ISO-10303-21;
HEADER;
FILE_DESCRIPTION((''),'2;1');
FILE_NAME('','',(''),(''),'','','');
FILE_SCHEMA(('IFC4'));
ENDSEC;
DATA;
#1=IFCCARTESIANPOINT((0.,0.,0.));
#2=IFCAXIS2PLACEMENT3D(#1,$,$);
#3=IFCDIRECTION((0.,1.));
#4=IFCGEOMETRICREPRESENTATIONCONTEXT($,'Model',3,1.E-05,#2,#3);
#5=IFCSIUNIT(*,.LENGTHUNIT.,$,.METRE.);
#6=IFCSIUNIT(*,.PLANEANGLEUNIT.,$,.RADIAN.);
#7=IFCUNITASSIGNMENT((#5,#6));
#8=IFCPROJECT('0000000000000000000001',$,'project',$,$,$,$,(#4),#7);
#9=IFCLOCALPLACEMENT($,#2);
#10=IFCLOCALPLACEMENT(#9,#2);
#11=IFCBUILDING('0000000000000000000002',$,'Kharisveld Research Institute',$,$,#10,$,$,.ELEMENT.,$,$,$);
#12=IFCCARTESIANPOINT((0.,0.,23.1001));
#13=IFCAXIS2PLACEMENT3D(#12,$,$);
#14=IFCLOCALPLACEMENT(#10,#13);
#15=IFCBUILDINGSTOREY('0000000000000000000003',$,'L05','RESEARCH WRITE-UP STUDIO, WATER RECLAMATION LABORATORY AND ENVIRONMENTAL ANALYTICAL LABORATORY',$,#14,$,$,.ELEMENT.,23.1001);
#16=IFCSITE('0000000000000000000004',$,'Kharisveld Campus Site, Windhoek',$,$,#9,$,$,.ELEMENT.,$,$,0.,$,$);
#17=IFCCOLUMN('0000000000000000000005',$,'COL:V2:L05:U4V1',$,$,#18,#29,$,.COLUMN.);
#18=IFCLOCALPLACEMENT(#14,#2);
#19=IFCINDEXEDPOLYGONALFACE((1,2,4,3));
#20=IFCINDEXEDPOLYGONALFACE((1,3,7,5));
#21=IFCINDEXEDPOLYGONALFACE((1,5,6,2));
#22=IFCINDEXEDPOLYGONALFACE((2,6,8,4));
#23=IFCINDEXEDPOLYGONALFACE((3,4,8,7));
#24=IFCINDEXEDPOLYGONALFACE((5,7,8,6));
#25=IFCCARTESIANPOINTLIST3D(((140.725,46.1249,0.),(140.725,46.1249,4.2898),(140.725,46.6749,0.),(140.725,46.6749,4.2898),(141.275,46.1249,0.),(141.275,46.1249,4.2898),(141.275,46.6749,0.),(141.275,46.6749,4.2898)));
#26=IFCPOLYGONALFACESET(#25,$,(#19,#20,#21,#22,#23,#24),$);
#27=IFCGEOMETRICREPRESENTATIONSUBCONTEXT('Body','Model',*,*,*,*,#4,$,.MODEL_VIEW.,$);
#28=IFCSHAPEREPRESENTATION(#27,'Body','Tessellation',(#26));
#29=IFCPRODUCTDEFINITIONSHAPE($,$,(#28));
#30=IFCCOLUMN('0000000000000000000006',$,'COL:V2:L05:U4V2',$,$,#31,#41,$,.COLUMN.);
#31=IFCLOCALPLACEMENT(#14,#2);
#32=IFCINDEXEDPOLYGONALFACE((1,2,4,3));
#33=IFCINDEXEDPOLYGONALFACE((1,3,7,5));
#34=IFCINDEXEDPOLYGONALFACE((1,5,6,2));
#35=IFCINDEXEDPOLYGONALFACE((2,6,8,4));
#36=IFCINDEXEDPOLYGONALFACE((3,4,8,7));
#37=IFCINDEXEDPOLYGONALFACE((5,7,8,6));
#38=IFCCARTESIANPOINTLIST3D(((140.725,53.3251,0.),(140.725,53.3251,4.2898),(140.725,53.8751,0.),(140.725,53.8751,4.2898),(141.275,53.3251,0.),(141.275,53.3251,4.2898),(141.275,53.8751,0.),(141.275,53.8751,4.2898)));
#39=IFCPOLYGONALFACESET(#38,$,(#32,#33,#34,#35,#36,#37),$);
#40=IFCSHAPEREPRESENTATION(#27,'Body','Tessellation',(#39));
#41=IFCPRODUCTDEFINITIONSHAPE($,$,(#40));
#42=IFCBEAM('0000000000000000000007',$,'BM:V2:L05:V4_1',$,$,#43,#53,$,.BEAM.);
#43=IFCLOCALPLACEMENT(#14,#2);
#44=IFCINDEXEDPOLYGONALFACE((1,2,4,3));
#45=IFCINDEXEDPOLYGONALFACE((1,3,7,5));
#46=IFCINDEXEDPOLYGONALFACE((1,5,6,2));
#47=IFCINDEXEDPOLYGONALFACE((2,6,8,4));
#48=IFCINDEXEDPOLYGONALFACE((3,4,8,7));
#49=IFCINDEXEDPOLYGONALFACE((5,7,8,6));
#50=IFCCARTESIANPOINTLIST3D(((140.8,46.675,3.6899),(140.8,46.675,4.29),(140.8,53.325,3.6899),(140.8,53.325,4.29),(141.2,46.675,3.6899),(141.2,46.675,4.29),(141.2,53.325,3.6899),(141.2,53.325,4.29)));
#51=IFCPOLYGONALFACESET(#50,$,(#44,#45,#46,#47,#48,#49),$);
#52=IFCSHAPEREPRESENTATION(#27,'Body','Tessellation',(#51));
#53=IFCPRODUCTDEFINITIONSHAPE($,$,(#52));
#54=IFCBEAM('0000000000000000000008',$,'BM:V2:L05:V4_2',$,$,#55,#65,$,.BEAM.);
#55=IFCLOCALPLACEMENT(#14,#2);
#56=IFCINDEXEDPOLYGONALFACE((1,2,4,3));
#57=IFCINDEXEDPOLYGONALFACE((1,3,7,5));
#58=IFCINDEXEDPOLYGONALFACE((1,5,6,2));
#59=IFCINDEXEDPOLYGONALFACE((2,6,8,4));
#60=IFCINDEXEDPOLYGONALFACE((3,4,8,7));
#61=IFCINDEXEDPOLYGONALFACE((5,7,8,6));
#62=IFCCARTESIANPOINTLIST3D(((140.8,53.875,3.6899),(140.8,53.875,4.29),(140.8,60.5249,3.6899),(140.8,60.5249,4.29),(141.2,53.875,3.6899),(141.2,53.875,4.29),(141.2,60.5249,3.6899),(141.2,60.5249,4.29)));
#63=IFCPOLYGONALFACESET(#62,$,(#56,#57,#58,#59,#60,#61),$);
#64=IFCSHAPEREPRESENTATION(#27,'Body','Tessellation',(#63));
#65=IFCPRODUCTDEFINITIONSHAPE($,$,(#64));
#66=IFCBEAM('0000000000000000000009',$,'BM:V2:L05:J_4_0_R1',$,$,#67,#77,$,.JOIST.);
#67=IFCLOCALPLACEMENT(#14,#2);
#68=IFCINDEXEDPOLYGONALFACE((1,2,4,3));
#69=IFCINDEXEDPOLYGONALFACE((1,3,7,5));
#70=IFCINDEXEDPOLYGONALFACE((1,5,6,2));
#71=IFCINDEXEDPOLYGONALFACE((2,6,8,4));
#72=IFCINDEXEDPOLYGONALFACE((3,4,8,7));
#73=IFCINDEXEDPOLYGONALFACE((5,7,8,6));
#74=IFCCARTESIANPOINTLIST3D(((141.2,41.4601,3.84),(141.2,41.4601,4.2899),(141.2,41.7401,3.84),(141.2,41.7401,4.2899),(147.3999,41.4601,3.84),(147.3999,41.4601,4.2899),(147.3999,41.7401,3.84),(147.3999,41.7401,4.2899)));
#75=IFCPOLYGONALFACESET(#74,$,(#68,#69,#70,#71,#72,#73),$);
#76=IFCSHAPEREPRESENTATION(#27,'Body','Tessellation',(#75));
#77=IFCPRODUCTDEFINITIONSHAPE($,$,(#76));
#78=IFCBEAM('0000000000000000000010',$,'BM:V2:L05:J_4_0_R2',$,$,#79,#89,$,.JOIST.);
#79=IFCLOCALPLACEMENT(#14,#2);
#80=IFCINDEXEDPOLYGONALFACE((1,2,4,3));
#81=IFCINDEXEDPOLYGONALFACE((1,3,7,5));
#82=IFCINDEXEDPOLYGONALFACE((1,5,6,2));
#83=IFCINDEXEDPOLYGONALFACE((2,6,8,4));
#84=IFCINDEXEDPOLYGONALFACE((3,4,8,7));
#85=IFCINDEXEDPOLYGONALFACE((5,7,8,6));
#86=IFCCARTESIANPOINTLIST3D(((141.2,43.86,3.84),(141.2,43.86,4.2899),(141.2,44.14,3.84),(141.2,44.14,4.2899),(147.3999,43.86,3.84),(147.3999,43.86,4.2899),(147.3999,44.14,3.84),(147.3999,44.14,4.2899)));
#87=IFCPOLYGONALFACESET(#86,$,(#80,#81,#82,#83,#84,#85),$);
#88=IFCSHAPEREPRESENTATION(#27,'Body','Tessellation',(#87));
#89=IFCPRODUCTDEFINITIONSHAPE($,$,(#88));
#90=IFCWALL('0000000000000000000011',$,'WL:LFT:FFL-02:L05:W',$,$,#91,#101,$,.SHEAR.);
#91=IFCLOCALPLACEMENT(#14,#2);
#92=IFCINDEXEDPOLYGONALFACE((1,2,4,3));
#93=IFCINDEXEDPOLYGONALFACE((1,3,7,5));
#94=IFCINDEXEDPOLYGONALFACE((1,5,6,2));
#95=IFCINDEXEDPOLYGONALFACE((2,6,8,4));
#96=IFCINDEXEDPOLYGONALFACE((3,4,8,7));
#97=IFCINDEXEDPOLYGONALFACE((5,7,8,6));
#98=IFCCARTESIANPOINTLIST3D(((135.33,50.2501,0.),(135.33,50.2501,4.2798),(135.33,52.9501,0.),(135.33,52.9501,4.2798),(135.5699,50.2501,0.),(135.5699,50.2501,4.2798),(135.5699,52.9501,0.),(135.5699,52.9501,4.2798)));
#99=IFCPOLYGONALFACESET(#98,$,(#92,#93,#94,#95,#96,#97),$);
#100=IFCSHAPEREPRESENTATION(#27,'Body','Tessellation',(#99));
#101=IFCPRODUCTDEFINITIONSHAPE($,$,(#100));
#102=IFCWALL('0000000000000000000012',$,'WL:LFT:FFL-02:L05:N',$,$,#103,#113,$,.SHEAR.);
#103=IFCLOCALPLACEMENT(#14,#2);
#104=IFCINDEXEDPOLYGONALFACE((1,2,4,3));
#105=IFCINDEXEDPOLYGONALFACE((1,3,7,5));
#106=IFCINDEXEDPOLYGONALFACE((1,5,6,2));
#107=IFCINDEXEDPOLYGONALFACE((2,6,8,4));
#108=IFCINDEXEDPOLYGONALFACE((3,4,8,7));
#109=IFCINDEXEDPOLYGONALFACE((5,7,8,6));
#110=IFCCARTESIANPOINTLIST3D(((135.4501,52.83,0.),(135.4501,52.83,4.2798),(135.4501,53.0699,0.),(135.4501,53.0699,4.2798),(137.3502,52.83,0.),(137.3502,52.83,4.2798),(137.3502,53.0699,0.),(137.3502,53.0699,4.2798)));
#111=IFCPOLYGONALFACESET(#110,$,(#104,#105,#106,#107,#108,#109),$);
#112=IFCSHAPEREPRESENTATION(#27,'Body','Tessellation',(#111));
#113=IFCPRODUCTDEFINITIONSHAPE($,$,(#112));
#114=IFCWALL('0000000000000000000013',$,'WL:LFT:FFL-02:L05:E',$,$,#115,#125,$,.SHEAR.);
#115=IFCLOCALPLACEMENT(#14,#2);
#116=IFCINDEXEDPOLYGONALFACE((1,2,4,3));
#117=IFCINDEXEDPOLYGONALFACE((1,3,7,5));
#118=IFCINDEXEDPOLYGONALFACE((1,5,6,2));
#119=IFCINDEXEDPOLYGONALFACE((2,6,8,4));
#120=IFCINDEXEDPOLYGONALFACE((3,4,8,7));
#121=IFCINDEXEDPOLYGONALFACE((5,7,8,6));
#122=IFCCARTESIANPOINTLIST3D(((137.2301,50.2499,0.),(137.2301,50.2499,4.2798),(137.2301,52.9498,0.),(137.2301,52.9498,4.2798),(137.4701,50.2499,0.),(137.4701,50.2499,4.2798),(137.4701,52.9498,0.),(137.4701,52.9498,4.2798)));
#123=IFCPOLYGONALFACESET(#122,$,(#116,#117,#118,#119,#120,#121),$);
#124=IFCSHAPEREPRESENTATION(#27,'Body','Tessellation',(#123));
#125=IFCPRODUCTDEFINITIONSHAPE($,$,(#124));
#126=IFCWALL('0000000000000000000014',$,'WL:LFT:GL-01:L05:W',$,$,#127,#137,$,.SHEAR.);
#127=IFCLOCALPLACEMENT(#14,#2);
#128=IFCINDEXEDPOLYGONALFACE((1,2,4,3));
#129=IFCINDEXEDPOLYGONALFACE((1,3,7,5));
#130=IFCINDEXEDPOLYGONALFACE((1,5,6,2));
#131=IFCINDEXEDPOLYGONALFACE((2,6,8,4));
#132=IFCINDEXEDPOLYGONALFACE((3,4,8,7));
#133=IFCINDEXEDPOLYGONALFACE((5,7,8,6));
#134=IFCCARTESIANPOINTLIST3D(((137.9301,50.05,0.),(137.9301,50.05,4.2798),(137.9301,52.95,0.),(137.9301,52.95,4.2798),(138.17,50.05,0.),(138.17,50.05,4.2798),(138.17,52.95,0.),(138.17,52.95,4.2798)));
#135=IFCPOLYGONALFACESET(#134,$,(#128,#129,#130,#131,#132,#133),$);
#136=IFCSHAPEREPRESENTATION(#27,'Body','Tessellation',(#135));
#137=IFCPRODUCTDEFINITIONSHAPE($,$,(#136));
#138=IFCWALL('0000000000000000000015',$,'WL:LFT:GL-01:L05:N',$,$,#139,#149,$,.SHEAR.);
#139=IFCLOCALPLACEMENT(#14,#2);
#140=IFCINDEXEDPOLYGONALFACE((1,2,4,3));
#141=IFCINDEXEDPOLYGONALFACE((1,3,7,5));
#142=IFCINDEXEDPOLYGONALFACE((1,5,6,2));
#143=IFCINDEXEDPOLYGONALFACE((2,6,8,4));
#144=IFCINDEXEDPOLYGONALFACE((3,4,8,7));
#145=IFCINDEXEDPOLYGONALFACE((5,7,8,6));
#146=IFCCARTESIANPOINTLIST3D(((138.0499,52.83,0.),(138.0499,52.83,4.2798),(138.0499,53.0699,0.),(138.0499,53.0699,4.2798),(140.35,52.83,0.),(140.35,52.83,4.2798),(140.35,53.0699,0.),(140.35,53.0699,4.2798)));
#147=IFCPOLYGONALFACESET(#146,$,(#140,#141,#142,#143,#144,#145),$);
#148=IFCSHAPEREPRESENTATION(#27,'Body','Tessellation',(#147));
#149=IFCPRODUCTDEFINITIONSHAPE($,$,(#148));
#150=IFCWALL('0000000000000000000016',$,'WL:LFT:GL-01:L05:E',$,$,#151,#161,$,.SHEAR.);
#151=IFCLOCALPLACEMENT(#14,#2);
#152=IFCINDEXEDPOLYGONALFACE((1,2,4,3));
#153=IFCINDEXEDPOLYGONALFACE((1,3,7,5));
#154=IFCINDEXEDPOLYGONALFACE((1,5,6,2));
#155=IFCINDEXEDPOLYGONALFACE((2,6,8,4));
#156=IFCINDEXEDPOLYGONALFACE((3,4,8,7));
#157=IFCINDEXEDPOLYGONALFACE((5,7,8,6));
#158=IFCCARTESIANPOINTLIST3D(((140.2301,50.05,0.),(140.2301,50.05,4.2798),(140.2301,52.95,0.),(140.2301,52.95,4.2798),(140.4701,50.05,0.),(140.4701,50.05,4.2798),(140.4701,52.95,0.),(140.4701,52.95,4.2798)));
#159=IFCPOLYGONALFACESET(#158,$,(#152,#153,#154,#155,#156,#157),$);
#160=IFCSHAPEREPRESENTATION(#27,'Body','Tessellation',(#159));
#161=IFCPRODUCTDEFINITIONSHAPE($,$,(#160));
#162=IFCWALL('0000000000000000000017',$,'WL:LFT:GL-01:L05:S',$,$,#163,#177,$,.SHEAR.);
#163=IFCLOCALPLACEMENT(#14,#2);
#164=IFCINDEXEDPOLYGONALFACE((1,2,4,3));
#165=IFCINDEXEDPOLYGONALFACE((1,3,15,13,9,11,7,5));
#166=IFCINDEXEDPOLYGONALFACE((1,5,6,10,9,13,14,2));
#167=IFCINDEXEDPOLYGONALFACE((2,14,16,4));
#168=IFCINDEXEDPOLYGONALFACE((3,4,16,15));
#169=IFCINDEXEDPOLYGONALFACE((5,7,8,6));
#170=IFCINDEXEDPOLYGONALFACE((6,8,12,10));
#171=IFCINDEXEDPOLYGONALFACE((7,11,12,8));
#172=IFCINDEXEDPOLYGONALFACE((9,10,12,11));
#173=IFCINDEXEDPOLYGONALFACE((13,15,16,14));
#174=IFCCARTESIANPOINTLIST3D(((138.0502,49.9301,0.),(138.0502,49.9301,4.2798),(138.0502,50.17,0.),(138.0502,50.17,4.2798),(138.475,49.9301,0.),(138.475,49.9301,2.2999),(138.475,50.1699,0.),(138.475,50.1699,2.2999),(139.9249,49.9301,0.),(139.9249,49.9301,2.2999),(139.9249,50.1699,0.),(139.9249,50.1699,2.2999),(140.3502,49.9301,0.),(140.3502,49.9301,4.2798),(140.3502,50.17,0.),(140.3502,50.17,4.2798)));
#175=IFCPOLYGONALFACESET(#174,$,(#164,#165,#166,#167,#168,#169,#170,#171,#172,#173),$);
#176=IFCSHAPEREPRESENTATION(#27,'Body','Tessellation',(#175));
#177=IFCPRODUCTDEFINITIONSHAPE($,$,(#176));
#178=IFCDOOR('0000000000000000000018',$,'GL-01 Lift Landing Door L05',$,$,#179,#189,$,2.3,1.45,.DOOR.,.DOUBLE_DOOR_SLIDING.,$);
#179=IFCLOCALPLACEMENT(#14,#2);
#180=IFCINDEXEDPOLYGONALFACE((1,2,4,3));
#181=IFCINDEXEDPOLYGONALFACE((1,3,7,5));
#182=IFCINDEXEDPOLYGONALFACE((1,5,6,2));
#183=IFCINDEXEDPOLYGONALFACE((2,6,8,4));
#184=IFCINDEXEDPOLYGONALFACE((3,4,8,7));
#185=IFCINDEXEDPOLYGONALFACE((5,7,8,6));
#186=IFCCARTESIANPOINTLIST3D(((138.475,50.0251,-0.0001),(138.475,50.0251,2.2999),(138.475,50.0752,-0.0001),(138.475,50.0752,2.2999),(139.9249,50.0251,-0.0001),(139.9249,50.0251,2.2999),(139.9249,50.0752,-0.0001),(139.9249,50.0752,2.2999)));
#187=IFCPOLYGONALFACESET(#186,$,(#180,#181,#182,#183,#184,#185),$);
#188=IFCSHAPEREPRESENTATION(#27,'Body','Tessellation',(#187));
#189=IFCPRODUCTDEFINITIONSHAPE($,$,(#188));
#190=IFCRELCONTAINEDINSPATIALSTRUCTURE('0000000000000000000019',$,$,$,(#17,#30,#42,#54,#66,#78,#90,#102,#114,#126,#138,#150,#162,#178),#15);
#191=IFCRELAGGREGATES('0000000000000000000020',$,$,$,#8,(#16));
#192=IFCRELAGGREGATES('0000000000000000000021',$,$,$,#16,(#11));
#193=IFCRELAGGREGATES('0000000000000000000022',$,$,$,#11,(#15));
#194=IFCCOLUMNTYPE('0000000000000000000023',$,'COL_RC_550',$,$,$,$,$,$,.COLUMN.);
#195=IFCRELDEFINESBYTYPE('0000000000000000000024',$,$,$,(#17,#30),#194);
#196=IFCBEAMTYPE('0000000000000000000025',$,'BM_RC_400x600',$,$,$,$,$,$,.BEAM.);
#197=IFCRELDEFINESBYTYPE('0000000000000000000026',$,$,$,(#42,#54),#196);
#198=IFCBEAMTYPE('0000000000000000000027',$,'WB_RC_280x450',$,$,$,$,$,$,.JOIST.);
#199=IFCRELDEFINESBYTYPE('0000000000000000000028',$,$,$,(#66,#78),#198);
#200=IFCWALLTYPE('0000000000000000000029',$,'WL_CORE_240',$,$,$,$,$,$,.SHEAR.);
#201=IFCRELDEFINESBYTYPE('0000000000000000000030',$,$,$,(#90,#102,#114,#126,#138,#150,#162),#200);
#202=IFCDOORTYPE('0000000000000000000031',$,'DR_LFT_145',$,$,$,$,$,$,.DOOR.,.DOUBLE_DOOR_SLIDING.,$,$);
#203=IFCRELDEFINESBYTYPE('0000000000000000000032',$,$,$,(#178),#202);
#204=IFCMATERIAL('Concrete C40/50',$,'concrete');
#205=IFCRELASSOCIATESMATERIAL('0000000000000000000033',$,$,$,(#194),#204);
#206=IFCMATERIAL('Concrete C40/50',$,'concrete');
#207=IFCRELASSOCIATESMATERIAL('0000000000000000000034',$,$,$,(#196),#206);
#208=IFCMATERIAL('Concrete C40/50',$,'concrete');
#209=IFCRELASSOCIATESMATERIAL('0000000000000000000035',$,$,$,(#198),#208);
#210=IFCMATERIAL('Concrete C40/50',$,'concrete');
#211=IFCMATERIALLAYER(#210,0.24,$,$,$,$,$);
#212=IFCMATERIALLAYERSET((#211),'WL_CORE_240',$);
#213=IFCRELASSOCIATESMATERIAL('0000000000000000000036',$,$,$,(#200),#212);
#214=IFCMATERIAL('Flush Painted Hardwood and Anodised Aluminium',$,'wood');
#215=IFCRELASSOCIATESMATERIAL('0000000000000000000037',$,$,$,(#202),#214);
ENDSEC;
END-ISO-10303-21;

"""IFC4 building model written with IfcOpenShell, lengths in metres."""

from ifc_helpers import new_model, si_unit, direction, frame, frame_2d, origin, origin_2d, place, context, subcontext, project, spatial, rectangle, extrude, material, layer, layer_set, material_profile, profile_set, type_object, element, fill, save


model = new_model("IFC4")

# Units and contexts
model_context = context("Model", 3, precision=1e-05, world=origin(), true_north=direction((0.0, 1.0)))
body_context = subcontext(model_context, "Body", "Model", "MODEL_VIEW")
ifc_project = project(units=[si_unit("LENGTHUNIT", "METRE"), si_unit("PLANEANGLEUNIT", "RADIAN")], contexts=[model_context])

# Site, building, storey
site_placement = place(None, origin())
site = spatial("IfcSite", under=ifc_project, at=site_placement, Name="Kharisveld Campus Site, Windhoek", CompositionType="ELEMENT", RefElevation=0.0)
building_placement = place(site_placement, origin())
building = spatial("IfcBuilding", under=site, at=building_placement, Name="Kharisveld Research Institute", CompositionType="ELEMENT")
storey_placement = place(building_placement, frame((0.0, 0.0, 23.1001)))
storey = spatial("IfcBuildingStorey", under=building, at=storey_placement, Name="L05", Description="RESEARCH WRITE-UP STUDIO, WATER RECLAMATION LABORATORY AND ENVIRONMENTAL ANALYTICAL LABORATORY", CompositionType="ELEMENT", Elevation=23.1001)

# Columns
ifc_material_1 = material(Name="Concrete C40/50", Category="concrete")
ifc_material_profile_1 = material_profile(ifc_material_1, rectangle(XDim=0.55, YDim=0.55, at=origin_2d()))
ifc_profile_set_1 = profile_set([ifc_material_profile_1], Name="Concrete C40/50")
column_type = type_object("IfcColumnType", Name="COL_RC_550", PredefinedType="COLUMN", material=ifc_profile_set_1)
for number, where, z_axis, x_axis, name in (
    (1, (141.0, 46.3999, 0.0), (0.0, 0.0, 1.0), (1.0, 0.0, 0.0), "COL:V2:L05:U4V1"),
    (2, (141.0, 53.6001, 0.0), (0.0, 0.0, 1.0), (1.0, 0.0, 0.0), "COL:V2:L05:U4V2"),
):
    element("IfcColumn", number, at=place(storey_placement, frame(where, z_axis=z_axis, x_axis=x_axis)), inside=storey, type_object=column_type, Name=name, PredefinedType="COLUMN", context=body_context, shape_type="SweptSolid", body=[
        extrude(rectangle(XDim=0.55, YDim=0.55, at=origin_2d()), origin(), (0.0, 0.0, 1.0), 4.2898),
    ])

# Beams
ifc_material_2 = material(Name="Concrete C40/50", Category="concrete")
ifc_material_profile_2 = material_profile(ifc_material_2, rectangle(XDim=0.3999, YDim=0.6001, at=origin_2d()))
ifc_profile_set_2 = profile_set([ifc_material_profile_2], Name="Concrete C40/50")
beam_type_1 = type_object("IfcBeamType", Name="BM_RC_400x600", PredefinedType="BEAM", material=ifc_profile_set_2)
for number, where, z_axis, x_axis, name in (
    (3, (141.0, 46.675, 3.99), (0.0, 1.0, 0.0), (-1.0, 0.0, 0.0), "BM:V2:L05:V4_1"),
    (4, (141.0, 53.875, 3.99), (0.0, 1.0, 0.0), (-1.0, 0.0, 0.0), "BM:V2:L05:V4_2"),
):
    element("IfcBeam", number, at=place(storey_placement, frame(where, z_axis=z_axis, x_axis=x_axis)), inside=storey, type_object=beam_type_1, Name=name, PredefinedType="BEAM", context=body_context, shape_type="SweptSolid", body=[
        extrude(rectangle(XDim=0.3999, YDim=0.6001, at=origin_2d()), origin(), (0.0, 0.0, 1.0), 6.6499),
    ])
ifc_material_3 = material(Name="Concrete C40/50", Category="concrete")
ifc_material_profile_3 = material_profile(ifc_material_3, rectangle(XDim=0.28, YDim=0.45, at=origin_2d()))
ifc_profile_set_3 = profile_set([ifc_material_profile_3], Name="Concrete C40/50")
beam_type_2 = type_object("IfcBeamType", Name="WB_RC_280x450", PredefinedType="JOIST", material=ifc_profile_set_3)
for number, where, z_axis, x_axis, name in (
    (5, (141.2, 41.6001, 4.0649), (1.0, 0.0, 0.0), (0.0, 1.0, 0.0), "BM:V2:L05:J_4_0_R1"),
    (6, (141.2, 44.0, 4.0649), (1.0, 0.0, 0.0), (0.0, 1.0, 0.0), "BM:V2:L05:J_4_0_R2"),
):
    element("IfcBeam", number, at=place(storey_placement, frame(where, z_axis=z_axis, x_axis=x_axis)), inside=storey, type_object=beam_type_2, Name=name, PredefinedType="JOIST", context=body_context, shape_type="SweptSolid", body=[
        extrude(rectangle(XDim=0.28, YDim=0.45, at=origin_2d()), origin(), (0.0, 0.0, 1.0), 6.2),
    ])

# Walls
ifc_material_4 = material(Name="Concrete C40/50", Category="concrete")
ifc_layer_1 = layer(ifc_material_4, 0.24)
ifc_layer_set_1 = layer_set([ifc_layer_1], Name="WL_CORE_240")
wall_type_1 = type_object("IfcWallType", Name="WL_CORE_240", PredefinedType="SHEAR", material=ifc_layer_set_1)
wall_1_placement = place(storey_placement, frame((135.45, 50.25, 0.0), z_axis=(0.0, 0.0, 1.0), x_axis=(0.0, 1.0, 0.0)))
element("IfcWall", 7, at=wall_1_placement, inside=storey, type_object=wall_type_1, Name="WL:LFT:FFL-02:L05:W", PredefinedType="SHEAR", context=body_context, shape_type="SweptSolid", body=[
    extrude(rectangle(XDim=2.7, YDim=0.24, at=frame_2d((1.3501, 0.0))), origin(), (0.0, 0.0, 1.0), 4.2798),
])
wall_2_placement = place(storey_placement, frame((135.45, 52.95, 0.0), z_axis=(0.0, 0.0, 1.0), x_axis=(1.0, 0.0, 0.0)))
element("IfcWall", 8, at=wall_2_placement, inside=storey, type_object=wall_type_1, Name="WL:LFT:FFL-02:L05:N", PredefinedType="SHEAR", context=body_context, shape_type="SweptSolid", body=[
    extrude(rectangle(XDim=1.9001, YDim=0.24, at=frame_2d((0.9502, 0.0))), origin(), (0.0, 0.0, 1.0), 4.2798),
])
wall_3_placement = place(storey_placement, frame((137.3501, 52.95, 0.0), z_axis=(0.0, 0.0, 1.0), x_axis=(0.0, -1.0, 0.0)))
element("IfcWall", 9, at=wall_3_placement, inside=storey, type_object=wall_type_1, Name="WL:LFT:FFL-02:L05:E", PredefinedType="SHEAR", context=body_context, shape_type="SweptSolid", body=[
    extrude(rectangle(XDim=2.7, YDim=0.24, at=frame_2d((1.3501, 0.0))), origin(), (0.0, 0.0, 1.0), 4.2798),
])

# Walls
wall_4_placement = place(storey_placement, frame((138.05, 50.05, 0.0), z_axis=(0.0, 0.0, 1.0), x_axis=(0.0, 1.0, 0.0)))
element("IfcWall", 10, at=wall_4_placement, inside=storey, type_object=wall_type_1, Name="WL:LFT:GL-01:L05:W", PredefinedType="SHEAR", context=body_context, shape_type="SweptSolid", body=[
    extrude(rectangle(XDim=2.8999, YDim=0.24, at=frame_2d((1.45, 0.0))), origin(), (0.0, 0.0, 1.0), 4.2798),
])
wall_5_placement = place(storey_placement, frame((138.05, 52.95, 0.0), z_axis=(0.0, 0.0, 1.0), x_axis=(1.0, 0.0, 0.0)))
element("IfcWall", 11, at=wall_5_placement, inside=storey, type_object=wall_type_1, Name="WL:LFT:GL-01:L05:N", PredefinedType="SHEAR", context=body_context, shape_type="SweptSolid", body=[
    extrude(rectangle(XDim=2.3, YDim=0.24, at=frame_2d((1.1499, 0.0))), origin(), (0.0, 0.0, 1.0), 4.2798),
])
wall_6_placement = place(storey_placement, frame((140.3501, 52.95, 0.0), z_axis=(0.0, 0.0, 1.0), x_axis=(0.0, -1.0, 0.0)))
element("IfcWall", 12, at=wall_6_placement, inside=storey, type_object=wall_type_1, Name="WL:LFT:GL-01:L05:E", PredefinedType="SHEAR", context=body_context, shape_type="SweptSolid", body=[
    extrude(rectangle(XDim=2.8999, YDim=0.24, at=frame_2d((1.45, 0.0))), origin(), (0.0, 0.0, 1.0), 4.2798),
])

# Wall, opening, door
wall_7_placement = place(storey_placement, frame((140.3501, 50.05, 0.0), z_axis=(0.0, 0.0, 1.0), x_axis=(-1.0, 0.0, 0.0)))
wall_7 = element("IfcWall", 13, at=wall_7_placement, inside=storey, type_object=wall_type_1, Name="WL:LFT:GL-01:L05:S", PredefinedType="SHEAR", context=body_context, shape_type="SweptSolid", body=[
    extrude(rectangle(XDim=2.3, YDim=0.24, at=frame_2d((1.1499, 0.0))), origin(), (0.0, 0.0, 1.0), 4.2798),
])
opening_1_placement = place(wall_7_placement, frame((0.425, 0.0, 0.0)))
opening_1 = element("IfcOpeningElement", 14, at=opening_1_placement, cuts=wall_7, PredefinedType="OPENING", context=body_context, shape_type="SweptSolid", body=[
    extrude(rectangle(XDim=1.45, YDim=2.3, at=frame_2d((0.7251, 1.1499))), frame((0.0, 0.1201, 0.0), z_axis=(0.0, -1.0, 0.0), x_axis=(1.0, 0.0, 0.0)), (0.0, 0.0, 1.0), 0.24),
])
ifc_material_5 = material(Name="Flush Painted Hardwood and Anodised Aluminium", Category="wood")
door_type_1 = type_object("IfcDoorType", Name="DR_LFT_145", OperationType="DOUBLE_DOOR_SLIDING", PredefinedType="DOOR", material=ifc_material_5)
door_1_placement = place(opening_1_placement, origin())
door_1 = element("IfcDoor", 15, at=door_1_placement, inside=storey, type_object=door_type_1, Name="GL-01 Lift Landing Door L05", OperationType="DOUBLE_DOOR_SLIDING", OverallHeight=2.3, OverallWidth=1.45, PredefinedType="DOOR", context=body_context, shape_type="SweptSolid", body=[
    extrude(rectangle(XDim=1.45, YDim=2.3, at=frame_2d((0.7251, 1.1499))), frame((0.0, 0.0249, 0.0), z_axis=(0.0, -1.0, 0.0), x_axis=(1.0, 0.0, 0.0)), (0.0, 0.0, 1.0), 0.05),
])
fill(opening_1, door_1)

save(model, "model.ifc")
